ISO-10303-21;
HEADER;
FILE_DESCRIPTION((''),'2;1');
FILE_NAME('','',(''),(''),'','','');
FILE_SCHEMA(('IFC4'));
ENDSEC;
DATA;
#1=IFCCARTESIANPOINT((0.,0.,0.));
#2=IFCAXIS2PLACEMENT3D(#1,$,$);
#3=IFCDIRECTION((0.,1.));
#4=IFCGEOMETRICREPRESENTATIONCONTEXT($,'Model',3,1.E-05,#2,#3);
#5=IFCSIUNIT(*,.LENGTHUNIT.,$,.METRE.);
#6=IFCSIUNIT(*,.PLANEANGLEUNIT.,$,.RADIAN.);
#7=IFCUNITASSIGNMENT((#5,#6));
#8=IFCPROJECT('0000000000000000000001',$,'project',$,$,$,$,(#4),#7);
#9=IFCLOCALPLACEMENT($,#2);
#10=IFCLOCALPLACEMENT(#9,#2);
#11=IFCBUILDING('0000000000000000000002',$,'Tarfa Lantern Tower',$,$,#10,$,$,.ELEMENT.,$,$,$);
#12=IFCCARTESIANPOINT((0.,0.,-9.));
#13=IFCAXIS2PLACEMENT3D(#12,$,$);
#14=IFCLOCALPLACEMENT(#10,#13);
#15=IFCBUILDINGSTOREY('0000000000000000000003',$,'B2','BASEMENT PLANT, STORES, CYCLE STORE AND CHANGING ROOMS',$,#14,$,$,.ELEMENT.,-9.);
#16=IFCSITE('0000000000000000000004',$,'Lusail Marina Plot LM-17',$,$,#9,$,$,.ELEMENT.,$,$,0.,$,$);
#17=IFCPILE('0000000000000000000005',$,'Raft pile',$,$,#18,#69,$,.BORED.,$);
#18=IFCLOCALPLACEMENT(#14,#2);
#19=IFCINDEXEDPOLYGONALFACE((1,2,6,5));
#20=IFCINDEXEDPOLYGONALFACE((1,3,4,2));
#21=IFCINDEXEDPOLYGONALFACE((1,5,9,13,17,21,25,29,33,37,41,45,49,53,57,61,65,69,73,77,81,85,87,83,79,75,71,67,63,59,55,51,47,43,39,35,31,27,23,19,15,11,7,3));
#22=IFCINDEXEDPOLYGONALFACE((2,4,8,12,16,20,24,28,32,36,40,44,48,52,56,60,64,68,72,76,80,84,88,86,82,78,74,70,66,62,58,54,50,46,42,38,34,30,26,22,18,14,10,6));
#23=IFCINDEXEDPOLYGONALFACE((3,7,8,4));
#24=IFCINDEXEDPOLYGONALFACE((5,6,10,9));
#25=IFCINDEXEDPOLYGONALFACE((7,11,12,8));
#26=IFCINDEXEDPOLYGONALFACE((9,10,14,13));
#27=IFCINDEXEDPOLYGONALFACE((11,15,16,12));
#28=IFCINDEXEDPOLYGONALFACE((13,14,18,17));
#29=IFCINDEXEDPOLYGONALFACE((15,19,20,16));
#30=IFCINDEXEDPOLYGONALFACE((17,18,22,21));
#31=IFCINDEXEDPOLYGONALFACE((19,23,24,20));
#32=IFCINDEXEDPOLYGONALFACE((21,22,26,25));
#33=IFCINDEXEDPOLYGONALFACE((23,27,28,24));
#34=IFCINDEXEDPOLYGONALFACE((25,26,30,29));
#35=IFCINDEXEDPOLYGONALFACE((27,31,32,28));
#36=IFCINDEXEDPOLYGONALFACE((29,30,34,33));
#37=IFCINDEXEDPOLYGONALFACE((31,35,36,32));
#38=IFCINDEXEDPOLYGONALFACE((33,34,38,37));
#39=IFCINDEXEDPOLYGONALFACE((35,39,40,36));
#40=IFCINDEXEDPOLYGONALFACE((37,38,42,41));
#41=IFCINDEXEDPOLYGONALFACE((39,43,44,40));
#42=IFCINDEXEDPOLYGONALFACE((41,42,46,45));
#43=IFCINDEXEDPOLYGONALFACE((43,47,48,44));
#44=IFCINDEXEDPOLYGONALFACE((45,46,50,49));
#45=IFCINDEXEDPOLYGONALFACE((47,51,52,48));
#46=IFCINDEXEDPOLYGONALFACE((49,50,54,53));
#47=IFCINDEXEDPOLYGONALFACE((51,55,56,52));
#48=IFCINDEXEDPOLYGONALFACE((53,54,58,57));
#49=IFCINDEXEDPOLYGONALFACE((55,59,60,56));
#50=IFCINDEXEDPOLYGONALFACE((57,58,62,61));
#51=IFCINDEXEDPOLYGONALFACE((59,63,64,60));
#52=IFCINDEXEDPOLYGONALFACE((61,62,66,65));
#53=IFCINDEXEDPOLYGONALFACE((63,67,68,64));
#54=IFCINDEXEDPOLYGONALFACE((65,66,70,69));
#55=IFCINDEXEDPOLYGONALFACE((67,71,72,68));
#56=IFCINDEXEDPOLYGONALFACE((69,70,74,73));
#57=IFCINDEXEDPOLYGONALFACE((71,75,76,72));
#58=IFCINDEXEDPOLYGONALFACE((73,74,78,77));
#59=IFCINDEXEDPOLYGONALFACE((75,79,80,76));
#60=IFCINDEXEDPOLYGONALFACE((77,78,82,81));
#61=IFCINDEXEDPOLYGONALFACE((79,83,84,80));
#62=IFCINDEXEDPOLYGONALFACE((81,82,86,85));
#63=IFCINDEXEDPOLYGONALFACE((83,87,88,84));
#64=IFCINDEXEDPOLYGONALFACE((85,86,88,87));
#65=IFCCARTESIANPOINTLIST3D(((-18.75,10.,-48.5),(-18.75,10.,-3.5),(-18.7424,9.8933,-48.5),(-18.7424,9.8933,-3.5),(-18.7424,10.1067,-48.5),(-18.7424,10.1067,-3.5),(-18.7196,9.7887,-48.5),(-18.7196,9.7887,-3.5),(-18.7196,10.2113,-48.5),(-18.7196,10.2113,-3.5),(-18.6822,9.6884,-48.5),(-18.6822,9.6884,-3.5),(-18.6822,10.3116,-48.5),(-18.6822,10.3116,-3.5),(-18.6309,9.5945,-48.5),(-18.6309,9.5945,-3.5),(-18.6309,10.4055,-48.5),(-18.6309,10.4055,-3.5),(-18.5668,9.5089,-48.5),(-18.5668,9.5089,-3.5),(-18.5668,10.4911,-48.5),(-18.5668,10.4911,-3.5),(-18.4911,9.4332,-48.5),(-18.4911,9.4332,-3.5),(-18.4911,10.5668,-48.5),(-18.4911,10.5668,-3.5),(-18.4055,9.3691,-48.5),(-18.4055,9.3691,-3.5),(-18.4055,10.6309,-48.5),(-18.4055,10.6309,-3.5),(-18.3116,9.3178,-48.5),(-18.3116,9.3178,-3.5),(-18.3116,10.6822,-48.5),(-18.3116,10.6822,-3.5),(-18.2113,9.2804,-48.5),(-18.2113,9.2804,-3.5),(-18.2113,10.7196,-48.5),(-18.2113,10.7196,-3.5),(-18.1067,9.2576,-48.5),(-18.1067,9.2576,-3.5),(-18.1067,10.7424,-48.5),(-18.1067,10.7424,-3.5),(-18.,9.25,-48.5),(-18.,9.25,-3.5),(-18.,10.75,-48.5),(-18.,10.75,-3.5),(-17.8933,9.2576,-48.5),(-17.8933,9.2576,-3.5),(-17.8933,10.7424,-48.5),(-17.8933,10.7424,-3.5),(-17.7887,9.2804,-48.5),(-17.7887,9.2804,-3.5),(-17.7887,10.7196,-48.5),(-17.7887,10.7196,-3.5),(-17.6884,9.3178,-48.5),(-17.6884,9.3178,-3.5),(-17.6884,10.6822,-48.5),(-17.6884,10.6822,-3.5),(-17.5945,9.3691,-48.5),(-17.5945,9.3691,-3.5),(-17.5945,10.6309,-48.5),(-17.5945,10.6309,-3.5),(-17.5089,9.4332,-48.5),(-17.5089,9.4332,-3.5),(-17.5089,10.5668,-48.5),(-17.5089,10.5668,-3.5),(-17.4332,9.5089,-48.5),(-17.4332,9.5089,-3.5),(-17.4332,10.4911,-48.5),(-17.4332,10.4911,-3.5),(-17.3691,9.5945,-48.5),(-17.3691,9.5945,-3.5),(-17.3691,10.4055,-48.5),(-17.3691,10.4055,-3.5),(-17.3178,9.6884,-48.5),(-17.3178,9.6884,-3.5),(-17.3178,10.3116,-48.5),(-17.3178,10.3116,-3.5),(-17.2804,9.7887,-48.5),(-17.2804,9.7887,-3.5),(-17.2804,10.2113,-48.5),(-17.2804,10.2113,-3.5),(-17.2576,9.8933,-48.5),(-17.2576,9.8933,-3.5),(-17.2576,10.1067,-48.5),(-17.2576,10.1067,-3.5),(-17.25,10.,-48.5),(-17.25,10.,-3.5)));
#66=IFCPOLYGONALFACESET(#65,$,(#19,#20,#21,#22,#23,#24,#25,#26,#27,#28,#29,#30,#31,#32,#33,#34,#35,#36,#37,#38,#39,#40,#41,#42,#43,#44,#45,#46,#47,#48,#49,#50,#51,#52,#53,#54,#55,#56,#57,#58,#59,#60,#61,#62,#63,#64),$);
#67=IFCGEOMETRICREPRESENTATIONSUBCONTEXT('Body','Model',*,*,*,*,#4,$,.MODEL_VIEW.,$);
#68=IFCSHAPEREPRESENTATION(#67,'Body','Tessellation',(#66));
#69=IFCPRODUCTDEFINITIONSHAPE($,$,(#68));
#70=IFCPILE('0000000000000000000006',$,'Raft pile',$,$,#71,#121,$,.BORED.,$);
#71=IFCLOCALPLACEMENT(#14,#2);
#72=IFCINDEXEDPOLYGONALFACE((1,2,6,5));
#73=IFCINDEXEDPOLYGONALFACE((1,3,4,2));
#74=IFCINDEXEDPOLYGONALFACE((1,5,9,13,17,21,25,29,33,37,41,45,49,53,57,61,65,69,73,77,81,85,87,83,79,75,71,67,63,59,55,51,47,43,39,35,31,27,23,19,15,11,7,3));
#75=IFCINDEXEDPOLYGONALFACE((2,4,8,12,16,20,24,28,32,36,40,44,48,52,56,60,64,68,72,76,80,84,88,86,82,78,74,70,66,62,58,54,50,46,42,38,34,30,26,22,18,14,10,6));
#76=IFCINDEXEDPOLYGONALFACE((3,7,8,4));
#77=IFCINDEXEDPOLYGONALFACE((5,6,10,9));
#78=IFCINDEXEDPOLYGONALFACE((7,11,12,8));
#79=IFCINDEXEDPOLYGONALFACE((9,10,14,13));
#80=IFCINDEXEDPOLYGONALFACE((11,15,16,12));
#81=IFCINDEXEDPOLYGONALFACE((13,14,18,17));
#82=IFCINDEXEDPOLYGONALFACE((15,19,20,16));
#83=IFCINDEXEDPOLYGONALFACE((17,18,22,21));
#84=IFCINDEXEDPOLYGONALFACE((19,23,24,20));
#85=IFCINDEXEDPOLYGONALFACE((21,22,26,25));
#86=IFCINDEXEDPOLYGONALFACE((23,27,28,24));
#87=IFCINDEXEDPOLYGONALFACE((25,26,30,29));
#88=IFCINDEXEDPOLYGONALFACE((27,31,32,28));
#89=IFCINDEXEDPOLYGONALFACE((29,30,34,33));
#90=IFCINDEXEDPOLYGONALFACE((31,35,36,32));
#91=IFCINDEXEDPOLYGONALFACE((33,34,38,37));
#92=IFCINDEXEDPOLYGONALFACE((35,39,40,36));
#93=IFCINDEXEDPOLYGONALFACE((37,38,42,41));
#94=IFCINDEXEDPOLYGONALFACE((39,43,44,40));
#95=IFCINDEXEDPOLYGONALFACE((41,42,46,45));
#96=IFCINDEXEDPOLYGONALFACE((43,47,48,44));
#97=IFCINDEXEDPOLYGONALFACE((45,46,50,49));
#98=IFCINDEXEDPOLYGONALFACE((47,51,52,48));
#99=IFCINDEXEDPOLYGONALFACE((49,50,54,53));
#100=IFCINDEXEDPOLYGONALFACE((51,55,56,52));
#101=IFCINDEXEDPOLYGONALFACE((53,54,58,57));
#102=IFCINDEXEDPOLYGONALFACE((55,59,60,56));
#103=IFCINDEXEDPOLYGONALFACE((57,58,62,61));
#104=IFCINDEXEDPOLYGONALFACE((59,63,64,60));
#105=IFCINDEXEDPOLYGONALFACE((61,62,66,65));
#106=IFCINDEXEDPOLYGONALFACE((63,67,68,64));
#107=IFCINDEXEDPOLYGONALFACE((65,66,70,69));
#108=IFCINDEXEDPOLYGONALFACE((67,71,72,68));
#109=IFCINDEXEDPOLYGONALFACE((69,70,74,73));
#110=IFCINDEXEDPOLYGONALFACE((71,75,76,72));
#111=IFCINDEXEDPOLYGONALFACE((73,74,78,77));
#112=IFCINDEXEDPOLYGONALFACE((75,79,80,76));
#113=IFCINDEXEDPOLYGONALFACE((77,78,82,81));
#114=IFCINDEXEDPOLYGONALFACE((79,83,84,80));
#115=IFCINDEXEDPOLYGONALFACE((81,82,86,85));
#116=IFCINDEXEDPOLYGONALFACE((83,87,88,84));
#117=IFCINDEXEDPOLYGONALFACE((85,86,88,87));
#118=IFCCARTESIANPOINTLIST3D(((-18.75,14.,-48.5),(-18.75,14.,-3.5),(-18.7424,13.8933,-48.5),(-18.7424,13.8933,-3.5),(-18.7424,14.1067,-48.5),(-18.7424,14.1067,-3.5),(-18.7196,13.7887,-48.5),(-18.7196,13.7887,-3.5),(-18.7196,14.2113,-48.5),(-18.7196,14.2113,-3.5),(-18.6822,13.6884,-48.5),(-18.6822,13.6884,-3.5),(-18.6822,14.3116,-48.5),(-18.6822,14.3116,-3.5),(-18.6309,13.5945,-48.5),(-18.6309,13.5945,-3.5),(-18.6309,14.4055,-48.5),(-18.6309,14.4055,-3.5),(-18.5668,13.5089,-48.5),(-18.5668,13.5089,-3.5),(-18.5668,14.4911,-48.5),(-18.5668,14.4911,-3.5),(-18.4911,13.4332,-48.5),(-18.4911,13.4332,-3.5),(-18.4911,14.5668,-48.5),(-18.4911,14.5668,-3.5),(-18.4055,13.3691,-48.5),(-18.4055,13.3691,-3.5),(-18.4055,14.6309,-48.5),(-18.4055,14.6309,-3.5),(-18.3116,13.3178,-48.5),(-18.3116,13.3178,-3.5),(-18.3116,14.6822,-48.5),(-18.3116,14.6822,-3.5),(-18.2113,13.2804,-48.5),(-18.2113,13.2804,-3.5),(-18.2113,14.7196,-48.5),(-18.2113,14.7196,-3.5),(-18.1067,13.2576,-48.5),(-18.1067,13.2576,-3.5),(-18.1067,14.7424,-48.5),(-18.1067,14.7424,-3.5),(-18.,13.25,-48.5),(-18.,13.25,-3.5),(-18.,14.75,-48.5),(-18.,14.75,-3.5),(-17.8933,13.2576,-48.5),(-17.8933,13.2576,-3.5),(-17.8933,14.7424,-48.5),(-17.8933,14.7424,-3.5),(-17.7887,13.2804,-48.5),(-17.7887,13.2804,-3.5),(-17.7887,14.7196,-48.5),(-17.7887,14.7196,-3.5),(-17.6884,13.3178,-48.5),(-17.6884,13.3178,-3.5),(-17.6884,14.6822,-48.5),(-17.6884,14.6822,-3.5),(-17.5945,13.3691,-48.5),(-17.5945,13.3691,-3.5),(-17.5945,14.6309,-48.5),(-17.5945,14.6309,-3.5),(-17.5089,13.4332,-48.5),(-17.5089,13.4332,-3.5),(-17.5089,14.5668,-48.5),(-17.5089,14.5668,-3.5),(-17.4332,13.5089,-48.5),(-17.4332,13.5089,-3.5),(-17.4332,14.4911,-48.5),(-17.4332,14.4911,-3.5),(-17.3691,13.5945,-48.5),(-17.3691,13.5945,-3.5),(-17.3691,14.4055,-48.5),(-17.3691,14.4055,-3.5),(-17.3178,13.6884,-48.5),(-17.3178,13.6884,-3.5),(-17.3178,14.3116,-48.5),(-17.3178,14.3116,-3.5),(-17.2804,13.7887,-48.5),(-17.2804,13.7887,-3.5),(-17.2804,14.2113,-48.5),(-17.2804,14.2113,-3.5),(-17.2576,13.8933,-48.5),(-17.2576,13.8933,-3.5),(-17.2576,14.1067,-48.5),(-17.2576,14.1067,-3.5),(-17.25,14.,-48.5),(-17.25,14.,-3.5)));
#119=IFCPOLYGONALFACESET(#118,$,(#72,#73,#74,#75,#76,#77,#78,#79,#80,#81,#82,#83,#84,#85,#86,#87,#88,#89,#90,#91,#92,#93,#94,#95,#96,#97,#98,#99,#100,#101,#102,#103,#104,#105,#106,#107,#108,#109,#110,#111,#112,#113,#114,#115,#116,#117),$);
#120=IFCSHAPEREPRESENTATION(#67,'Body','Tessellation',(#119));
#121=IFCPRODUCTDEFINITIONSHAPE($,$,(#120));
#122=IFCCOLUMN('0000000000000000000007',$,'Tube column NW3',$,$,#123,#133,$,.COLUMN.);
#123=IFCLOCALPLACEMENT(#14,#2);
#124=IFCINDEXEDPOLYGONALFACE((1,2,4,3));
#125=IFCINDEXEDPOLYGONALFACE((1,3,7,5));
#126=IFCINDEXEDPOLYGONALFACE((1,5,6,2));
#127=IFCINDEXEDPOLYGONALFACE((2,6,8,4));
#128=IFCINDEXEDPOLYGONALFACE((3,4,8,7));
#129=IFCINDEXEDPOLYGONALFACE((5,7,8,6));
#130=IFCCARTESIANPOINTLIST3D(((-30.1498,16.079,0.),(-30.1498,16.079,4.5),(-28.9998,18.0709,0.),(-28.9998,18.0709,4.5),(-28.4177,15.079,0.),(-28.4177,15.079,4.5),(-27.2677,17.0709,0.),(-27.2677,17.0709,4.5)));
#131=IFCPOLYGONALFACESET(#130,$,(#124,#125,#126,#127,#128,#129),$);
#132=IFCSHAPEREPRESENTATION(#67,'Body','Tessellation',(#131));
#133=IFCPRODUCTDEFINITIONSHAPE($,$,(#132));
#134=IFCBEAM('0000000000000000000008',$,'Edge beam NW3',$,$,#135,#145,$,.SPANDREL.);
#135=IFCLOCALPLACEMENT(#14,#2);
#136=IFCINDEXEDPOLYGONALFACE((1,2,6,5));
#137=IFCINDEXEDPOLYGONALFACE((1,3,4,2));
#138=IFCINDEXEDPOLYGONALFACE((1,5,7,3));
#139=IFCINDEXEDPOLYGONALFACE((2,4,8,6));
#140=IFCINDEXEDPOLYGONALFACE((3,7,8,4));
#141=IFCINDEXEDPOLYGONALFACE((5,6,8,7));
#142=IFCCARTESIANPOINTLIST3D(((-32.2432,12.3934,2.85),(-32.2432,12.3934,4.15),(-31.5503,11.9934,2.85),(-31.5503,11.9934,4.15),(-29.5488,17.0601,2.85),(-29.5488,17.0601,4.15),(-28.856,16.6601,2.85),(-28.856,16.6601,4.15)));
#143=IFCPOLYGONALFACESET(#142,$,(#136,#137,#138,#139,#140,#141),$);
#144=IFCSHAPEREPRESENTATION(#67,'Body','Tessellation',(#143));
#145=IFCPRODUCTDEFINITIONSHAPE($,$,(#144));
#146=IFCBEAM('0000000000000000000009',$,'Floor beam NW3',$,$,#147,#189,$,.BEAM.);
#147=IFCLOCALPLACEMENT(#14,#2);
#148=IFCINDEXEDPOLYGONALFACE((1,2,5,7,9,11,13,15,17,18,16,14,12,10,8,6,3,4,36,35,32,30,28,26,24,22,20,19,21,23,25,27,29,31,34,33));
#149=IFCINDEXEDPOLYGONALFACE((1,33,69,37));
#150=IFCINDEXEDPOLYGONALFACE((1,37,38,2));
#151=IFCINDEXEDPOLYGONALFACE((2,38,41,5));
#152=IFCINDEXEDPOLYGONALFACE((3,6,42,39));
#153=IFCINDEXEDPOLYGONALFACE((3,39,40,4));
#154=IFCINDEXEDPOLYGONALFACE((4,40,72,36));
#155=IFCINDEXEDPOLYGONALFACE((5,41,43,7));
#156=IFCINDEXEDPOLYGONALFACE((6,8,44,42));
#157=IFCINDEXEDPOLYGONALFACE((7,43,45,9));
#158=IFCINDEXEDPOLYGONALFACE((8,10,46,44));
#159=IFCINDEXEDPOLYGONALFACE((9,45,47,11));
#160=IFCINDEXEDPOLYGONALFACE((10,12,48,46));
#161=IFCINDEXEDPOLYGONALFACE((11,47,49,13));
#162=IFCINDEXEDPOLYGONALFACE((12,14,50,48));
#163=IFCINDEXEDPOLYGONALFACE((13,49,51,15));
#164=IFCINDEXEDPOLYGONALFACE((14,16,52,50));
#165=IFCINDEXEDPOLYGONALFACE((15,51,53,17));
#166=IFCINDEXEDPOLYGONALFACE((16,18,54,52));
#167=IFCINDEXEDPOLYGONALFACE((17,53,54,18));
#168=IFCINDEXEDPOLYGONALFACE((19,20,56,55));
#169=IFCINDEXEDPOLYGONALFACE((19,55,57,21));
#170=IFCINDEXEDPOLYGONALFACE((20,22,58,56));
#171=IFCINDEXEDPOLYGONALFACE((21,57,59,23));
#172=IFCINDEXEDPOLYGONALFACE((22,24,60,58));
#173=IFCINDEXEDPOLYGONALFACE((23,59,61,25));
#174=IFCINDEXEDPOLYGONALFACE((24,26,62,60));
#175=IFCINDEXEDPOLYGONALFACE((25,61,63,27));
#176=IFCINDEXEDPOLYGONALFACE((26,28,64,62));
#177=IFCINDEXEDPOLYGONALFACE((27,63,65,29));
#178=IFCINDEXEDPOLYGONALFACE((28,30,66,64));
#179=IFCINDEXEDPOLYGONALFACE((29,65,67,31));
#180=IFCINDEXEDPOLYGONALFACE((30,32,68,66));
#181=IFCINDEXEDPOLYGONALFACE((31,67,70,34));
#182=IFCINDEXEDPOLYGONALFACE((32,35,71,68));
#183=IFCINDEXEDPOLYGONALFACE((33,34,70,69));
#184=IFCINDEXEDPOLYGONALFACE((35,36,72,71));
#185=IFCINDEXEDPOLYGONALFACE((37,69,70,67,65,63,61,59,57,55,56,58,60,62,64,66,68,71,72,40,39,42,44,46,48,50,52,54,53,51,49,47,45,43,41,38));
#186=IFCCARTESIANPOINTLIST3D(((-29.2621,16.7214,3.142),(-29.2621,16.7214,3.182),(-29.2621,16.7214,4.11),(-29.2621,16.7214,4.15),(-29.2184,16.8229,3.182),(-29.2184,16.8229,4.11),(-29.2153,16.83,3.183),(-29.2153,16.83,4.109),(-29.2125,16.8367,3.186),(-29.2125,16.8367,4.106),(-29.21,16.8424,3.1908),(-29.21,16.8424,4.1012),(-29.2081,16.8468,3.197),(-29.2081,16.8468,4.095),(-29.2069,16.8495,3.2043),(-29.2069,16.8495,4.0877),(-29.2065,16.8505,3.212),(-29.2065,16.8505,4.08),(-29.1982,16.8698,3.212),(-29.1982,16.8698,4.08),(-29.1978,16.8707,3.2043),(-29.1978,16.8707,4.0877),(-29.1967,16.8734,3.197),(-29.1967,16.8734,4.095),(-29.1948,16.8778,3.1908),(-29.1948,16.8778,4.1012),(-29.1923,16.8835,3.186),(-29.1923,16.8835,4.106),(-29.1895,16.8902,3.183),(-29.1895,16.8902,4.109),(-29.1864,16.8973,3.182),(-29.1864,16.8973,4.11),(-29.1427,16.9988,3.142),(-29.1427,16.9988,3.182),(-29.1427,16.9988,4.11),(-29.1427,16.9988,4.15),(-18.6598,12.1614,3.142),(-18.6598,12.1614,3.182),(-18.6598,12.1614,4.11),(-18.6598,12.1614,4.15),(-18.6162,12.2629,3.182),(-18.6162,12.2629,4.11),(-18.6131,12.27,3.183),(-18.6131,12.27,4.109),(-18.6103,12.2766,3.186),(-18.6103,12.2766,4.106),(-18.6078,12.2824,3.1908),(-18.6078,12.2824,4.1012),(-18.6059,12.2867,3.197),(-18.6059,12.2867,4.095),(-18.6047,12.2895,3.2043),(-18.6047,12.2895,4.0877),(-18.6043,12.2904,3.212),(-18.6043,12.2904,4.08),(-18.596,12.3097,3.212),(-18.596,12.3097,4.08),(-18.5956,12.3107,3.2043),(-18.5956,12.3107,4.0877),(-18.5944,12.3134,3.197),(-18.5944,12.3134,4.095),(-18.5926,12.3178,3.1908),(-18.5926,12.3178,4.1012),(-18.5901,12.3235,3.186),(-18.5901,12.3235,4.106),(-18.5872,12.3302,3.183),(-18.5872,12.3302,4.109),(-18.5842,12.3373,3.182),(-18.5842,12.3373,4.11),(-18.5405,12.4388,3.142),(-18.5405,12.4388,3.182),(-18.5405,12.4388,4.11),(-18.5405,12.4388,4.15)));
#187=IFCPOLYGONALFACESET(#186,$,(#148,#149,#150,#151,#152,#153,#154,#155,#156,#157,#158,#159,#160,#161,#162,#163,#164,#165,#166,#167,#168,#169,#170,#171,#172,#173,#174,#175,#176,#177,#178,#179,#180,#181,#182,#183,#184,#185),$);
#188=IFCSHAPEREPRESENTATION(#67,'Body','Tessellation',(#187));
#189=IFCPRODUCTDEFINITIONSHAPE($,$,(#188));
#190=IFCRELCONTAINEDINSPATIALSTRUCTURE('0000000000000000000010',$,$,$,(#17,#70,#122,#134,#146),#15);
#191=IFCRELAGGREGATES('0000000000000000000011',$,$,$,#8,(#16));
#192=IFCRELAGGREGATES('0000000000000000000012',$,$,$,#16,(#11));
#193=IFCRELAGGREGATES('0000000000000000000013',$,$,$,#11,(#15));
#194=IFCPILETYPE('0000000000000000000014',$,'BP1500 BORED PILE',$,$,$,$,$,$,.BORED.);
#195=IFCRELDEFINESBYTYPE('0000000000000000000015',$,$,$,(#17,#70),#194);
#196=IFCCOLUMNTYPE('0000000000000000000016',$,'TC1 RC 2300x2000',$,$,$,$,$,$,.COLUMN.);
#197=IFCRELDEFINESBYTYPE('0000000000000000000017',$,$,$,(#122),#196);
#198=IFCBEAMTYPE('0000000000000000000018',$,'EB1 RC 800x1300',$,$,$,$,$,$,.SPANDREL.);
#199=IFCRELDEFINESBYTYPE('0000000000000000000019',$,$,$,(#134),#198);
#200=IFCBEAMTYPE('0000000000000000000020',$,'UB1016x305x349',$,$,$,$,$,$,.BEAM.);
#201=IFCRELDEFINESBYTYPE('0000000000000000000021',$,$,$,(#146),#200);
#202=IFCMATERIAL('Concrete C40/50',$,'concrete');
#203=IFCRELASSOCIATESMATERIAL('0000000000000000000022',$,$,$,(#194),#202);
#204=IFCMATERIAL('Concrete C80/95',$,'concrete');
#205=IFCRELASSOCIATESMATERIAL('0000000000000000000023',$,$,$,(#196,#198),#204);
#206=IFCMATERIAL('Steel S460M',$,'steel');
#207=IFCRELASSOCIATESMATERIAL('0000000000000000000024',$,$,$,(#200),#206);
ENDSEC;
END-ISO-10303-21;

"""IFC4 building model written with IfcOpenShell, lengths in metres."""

from ifc_helpers import new_model, si_unit, direction, frame, origin, origin_2d, place, context, subcontext, project, spatial, rectangle, circle, i_section, extrude, material, material_profile, profile_set, type_object, element, save


model = new_model("IFC4")

# Units and contexts
model_context = context("Model", 3, precision=1e-05, world=origin(), true_north=direction((0.0, 1.0)))
body_context = subcontext(model_context, "Body", "Model", "MODEL_VIEW")
ifc_project = project(units=[si_unit("LENGTHUNIT", "METRE"), si_unit("PLANEANGLEUNIT", "RADIAN")], contexts=[model_context])

# Site, building, storey
site_placement = place(None, origin())
site = spatial("IfcSite", under=ifc_project, at=site_placement, Name="Lusail Marina Plot LM-17", CompositionType="ELEMENT", RefElevation=0.0)
building_placement = place(site_placement, origin())
building = spatial("IfcBuilding", under=site, at=building_placement, Name="Tarfa Lantern Tower", CompositionType="ELEMENT")
storey_placement = place(building_placement, frame((0.0, 0.0, -9.0)))
storey = spatial("IfcBuildingStorey", under=building, at=storey_placement, Name="B2", Description="BASEMENT PLANT, STORES, CYCLE STORE AND CHANGING ROOMS", CompositionType="ELEMENT", Elevation=-9.0)

# Piles
ifc_material_1 = material(Name="Concrete C40/50", Category="concrete")
ifc_material_profile_1 = material_profile(ifc_material_1, circle(Radius=0.75, at=origin_2d()), Name="BORED PILE D1500")
ifc_profile_set_1 = profile_set([ifc_material_profile_1], Name="Concrete C40/50")
pile_type = type_object("IfcPileType", Name="BP1500 BORED PILE", PredefinedType="BORED", material=ifc_profile_set_1)
for number, where, z_axis, x_axis, name in (
    (1, (-18.0, 10.0, -3.5), (0.0, 0.0, -1.0), (1.0, 0.0, 0.0), "Raft pile"),
    (2, (-18.0, 14.0, -3.5), (0.0, 0.0, -1.0), (1.0, 0.0, 0.0), "Raft pile"),
):
    element("IfcPile", number, at=place(storey_placement, frame(where, z_axis=z_axis, x_axis=x_axis)), inside=storey, type_object=pile_type, Name=name, PredefinedType="BORED", context=body_context, shape_type="SweptSolid", body=[
        extrude(circle(Radius=0.75, at=origin_2d()), origin(), (0.0, 0.0, 1.0), 45.0),
    ])

# Column
ifc_material_2 = material(Name="Concrete C80/95", Category="concrete")
ifc_material_profile_2 = material_profile(ifc_material_2, rectangle(XDim=2.3, YDim=2.0, at=origin_2d()), Name="RC 2300x2000")
ifc_profile_set_2 = profile_set([ifc_material_profile_2], Name="Concrete C80/95")
column_type = type_object("IfcColumnType", Name="TC1 RC 2300x2000", PredefinedType="COLUMN", material=ifc_profile_set_2)
column_placement = place(storey_placement, frame((-28.7087, 16.575, 0.0), z_axis=(0.0, 0.0, 1.0), x_axis=(-0.5, -0.866025, 0.0)))
element("IfcColumn", 3, at=column_placement, inside=storey, type_object=column_type, Name="Tube column NW3", PredefinedType="COLUMN", context=body_context, shape_type="SweptSolid", body=[
    extrude(rectangle(XDim=2.3, YDim=2.0, at=origin_2d()), origin(), (0.0, 0.0, 1.0), 4.5),
])

# Beams
ifc_material_profile_3 = material_profile(ifc_material_2, rectangle(XDim=0.8, YDim=1.3, at=origin_2d()), Name="RC 800x1300")
ifc_profile_set_3 = profile_set([ifc_material_profile_3], Name="Concrete C80/95")
beam_type_1 = type_object("IfcBeamType", Name="EB1 RC 800x1300", PredefinedType="SPANDREL", material=ifc_profile_set_3)
beam_1_placement = place(storey_placement, frame((-29.2024, 16.8601, 3.5), z_axis=(-0.499998, -0.866026, 0.0), x_axis=(0.866026, -0.499998, 0.0)))
element("IfcBeam", 4, at=beam_1_placement, inside=storey, type_object=beam_type_1, Name="Edge beam NW3", PredefinedType="SPANDREL", context=body_context, shape_type="SweptSolid", body=[
    extrude(rectangle(XDim=0.8, YDim=1.3, at=origin_2d()), origin(), (0.0, 0.0, 1.0), 5.3887),
])
ifc_material_3 = material(Name="Steel S460M", Category="steel")
ifc_material_profile_4 = material_profile(ifc_material_3, i_section(OverallWidth=0.302, OverallDepth=1.0081, WebThickness=0.021, FlangeThickness=0.04, FilletRadius=0.03, at=origin_2d()), Name="UB1016x305x349")
ifc_profile_set_4 = profile_set([ifc_material_profile_4], Name="Steel S460M")
beam_type_2 = type_object("IfcBeamType", Name="UB1016x305x349", PredefinedType="BEAM", material=ifc_profile_set_4)
beam_2_placement = place(storey_placement, frame((-29.2024, 16.8601, 3.646), z_axis=(0.918635, -0.395106, 0.0), x_axis=(0.395106, 0.918635, 0.0)))
element("IfcBeam", 5, at=beam_2_placement, inside=storey, type_object=beam_type_2, Name="Floor beam NW3", PredefinedType="BEAM", context=body_context, shape_type="SweptSolid", body=[
    extrude(i_section(OverallWidth=0.302, OverallDepth=1.0081, WebThickness=0.021, FlangeThickness=0.04, FilletRadius=0.03, at=origin_2d()), origin(), (0.0, 0.0, 1.0), 11.5413),
])

save(model, "model.ifc")
